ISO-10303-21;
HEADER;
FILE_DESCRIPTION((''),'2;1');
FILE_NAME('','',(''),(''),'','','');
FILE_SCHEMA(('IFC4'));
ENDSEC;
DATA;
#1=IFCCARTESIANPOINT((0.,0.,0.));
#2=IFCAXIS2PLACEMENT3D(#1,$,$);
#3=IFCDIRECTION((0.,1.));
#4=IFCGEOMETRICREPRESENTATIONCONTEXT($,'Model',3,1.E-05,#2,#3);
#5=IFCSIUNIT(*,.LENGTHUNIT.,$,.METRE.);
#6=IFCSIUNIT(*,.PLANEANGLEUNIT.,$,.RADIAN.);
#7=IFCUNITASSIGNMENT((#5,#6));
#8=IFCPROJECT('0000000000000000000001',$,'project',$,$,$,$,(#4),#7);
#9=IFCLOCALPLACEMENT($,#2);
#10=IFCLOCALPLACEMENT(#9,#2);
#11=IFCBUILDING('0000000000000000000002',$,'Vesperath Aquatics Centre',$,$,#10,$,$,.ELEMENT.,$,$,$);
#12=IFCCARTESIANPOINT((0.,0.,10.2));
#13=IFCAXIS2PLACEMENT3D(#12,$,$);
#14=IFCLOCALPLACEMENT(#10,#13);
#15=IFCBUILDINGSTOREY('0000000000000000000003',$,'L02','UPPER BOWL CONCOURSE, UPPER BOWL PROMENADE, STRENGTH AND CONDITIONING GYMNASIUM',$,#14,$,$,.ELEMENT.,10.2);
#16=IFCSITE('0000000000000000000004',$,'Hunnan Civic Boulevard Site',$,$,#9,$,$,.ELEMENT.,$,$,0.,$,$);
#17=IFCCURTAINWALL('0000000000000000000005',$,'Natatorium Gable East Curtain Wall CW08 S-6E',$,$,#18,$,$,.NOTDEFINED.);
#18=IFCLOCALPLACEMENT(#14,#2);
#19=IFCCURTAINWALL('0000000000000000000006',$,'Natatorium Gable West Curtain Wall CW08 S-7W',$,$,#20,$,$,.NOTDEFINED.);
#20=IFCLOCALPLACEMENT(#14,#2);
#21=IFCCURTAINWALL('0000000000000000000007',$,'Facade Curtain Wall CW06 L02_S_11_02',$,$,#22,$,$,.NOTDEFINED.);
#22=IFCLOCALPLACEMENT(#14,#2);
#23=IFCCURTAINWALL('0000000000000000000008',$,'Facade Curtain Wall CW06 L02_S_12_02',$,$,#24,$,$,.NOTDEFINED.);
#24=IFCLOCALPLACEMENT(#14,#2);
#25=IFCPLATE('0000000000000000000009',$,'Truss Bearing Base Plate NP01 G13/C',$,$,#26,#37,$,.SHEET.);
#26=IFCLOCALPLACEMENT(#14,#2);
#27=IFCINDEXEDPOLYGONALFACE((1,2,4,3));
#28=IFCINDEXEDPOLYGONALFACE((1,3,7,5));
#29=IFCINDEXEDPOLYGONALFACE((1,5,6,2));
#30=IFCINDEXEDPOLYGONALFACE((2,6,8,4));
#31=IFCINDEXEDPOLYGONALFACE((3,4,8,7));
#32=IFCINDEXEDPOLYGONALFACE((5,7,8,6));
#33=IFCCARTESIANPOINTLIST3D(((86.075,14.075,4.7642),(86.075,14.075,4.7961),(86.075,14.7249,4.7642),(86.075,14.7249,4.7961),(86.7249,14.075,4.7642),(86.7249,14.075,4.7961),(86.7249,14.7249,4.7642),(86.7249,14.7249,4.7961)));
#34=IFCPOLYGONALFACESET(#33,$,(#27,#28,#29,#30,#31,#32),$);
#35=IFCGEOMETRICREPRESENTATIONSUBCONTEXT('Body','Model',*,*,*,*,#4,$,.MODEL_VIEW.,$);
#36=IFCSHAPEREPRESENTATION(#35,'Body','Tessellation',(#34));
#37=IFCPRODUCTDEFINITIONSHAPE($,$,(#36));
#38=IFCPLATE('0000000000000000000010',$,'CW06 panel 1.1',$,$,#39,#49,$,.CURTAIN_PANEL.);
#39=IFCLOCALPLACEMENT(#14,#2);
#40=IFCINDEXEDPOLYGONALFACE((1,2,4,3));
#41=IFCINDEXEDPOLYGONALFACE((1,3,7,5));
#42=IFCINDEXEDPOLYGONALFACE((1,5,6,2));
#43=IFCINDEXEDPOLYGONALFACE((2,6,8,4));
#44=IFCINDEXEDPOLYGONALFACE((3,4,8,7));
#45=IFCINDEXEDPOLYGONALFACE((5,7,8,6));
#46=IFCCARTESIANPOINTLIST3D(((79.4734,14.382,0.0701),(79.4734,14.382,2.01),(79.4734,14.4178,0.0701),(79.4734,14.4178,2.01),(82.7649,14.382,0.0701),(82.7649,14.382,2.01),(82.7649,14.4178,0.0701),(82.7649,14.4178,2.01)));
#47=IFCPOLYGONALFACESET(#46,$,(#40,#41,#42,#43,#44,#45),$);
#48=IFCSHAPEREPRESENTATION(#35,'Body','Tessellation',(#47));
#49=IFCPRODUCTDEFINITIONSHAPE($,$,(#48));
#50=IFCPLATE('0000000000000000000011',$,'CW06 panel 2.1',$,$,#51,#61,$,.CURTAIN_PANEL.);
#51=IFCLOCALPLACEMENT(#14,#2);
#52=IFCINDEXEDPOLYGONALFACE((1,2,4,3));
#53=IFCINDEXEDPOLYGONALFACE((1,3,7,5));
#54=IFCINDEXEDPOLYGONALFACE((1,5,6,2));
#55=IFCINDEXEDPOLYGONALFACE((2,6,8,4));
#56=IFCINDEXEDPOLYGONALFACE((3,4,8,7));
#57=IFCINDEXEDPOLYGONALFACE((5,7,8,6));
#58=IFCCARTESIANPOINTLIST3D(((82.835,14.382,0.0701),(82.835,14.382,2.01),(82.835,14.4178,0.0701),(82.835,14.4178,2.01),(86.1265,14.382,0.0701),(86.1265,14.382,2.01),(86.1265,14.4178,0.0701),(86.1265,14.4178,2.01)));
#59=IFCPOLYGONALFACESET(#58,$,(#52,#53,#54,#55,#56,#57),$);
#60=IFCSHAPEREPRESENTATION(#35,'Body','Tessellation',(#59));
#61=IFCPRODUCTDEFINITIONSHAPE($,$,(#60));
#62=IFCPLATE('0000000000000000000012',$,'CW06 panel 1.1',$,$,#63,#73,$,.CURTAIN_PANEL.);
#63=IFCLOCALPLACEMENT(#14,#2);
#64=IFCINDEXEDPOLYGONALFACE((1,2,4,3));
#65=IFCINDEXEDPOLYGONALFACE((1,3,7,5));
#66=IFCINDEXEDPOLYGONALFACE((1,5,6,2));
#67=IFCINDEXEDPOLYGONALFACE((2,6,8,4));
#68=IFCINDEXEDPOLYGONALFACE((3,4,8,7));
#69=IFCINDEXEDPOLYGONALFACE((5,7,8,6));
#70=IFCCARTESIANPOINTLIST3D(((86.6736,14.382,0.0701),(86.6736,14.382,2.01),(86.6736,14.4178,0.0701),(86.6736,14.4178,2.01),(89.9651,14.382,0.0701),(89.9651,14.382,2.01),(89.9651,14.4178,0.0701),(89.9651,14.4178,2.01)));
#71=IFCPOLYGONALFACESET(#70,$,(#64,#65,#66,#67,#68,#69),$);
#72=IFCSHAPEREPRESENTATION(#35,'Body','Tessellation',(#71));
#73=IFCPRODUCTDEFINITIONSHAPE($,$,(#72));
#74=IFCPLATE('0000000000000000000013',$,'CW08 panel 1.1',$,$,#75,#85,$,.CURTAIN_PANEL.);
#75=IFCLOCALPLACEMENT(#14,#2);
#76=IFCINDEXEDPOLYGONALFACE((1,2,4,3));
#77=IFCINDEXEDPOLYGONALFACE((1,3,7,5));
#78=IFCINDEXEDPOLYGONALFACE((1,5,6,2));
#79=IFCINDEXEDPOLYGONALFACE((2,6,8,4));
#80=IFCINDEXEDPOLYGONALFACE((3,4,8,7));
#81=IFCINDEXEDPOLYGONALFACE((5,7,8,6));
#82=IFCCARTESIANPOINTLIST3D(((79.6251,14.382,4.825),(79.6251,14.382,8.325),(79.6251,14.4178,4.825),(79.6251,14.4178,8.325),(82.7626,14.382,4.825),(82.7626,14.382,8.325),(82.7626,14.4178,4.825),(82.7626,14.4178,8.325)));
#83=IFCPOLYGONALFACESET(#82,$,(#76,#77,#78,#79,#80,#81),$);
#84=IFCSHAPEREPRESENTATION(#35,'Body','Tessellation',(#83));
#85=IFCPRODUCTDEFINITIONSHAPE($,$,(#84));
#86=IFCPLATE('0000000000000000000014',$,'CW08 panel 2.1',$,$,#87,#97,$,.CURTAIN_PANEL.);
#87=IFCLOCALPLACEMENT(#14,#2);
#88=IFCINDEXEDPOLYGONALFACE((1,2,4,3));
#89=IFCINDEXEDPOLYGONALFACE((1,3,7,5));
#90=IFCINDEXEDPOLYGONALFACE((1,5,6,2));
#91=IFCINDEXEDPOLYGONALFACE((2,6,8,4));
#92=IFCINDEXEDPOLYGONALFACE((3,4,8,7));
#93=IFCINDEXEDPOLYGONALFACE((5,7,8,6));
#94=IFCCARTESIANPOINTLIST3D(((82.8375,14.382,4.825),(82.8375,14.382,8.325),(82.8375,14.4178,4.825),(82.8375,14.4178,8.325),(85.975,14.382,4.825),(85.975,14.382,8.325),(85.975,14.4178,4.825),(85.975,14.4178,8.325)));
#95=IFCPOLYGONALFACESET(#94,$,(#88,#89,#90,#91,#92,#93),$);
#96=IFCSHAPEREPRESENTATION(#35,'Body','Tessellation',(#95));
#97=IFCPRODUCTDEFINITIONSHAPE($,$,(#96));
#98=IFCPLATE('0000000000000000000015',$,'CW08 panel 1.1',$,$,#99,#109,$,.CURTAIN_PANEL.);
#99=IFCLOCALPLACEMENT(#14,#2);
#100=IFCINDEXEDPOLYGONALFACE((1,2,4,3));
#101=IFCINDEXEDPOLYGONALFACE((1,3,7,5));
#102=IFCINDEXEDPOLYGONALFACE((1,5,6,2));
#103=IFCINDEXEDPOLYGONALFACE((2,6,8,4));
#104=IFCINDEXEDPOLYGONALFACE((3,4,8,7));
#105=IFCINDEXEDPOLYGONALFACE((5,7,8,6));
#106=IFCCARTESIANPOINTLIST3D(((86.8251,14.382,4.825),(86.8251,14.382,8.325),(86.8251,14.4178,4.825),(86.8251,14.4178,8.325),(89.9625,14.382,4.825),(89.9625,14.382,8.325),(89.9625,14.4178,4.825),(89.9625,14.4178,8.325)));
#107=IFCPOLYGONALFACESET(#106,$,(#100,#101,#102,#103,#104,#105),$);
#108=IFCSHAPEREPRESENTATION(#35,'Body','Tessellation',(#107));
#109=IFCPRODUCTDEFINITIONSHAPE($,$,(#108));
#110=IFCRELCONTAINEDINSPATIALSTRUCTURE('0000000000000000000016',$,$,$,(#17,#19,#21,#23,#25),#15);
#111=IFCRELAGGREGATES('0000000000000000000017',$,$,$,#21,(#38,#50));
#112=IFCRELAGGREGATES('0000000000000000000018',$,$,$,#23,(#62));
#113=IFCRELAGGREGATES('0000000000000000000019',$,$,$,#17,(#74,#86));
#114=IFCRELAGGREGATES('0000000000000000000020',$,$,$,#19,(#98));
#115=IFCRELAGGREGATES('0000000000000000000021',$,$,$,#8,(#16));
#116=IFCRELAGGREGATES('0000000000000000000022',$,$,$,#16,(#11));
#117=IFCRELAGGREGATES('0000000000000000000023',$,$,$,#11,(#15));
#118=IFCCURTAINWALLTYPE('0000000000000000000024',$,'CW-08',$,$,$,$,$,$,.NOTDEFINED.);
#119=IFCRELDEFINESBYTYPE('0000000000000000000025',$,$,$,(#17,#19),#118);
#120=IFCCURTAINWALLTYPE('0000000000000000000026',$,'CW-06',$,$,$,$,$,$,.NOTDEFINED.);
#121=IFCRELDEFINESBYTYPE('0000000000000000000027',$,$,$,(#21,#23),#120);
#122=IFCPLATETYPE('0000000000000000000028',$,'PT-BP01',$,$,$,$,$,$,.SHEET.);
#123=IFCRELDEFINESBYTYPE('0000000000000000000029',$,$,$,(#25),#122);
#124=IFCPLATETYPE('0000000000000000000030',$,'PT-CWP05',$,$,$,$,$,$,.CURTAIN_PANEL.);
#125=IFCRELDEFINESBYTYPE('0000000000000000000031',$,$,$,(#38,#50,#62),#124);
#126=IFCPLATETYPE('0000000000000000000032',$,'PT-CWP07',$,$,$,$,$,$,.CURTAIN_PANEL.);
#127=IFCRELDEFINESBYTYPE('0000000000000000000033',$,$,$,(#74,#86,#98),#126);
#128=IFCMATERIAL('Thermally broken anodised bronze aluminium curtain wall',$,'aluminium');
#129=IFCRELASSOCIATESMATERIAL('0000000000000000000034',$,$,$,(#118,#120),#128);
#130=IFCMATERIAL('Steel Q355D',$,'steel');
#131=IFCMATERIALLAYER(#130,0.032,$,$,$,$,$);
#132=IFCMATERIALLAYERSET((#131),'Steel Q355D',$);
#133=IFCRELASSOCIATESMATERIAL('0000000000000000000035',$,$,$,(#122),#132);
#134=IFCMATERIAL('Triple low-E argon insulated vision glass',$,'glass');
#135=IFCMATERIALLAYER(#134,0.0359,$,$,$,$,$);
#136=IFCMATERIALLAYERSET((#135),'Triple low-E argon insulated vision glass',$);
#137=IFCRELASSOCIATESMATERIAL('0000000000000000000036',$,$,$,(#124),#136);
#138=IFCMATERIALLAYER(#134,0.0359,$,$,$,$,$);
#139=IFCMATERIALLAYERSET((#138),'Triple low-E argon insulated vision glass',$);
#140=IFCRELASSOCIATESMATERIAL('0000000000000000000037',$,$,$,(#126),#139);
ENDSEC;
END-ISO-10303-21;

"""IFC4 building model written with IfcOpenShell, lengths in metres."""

from ifc_helpers import new_model, si_unit, direction, frame, origin, origin_2d, place, context, subcontext, project, spatial, rectangle, extrude, material, layer, layer_set, type_object, element, aggregate, save


model = new_model("IFC4")

# Units and contexts
model_context = context("Model", 3, precision=1e-05, world=origin(), true_north=direction((0.0, 1.0)))
body_context = subcontext(model_context, "Body", "Model", "MODEL_VIEW")
ifc_project = project(units=[si_unit("LENGTHUNIT", "METRE"), si_unit("PLANEANGLEUNIT", "RADIAN")], contexts=[model_context])

# Site, building, storey
site_placement = place(None, origin())
site = spatial("IfcSite", under=ifc_project, at=site_placement, Name="Hunnan Civic Boulevard Site", CompositionType="ELEMENT", RefElevation=0.0)
building_placement = place(site_placement, origin())
building = spatial("IfcBuilding", under=site, at=building_placement, Name="Vesperath Aquatics Centre", CompositionType="ELEMENT")
storey_placement = place(building_placement, frame((0.0, 0.0, 10.2)))
storey = spatial("IfcBuildingStorey", under=building, at=storey_placement, Name="L02", Description="UPPER BOWL CONCOURSE, UPPER BOWL PROMENADE, STRENGTH AND CONDITIONING GYMNASIUM", CompositionType="ELEMENT", Elevation=10.2)

# Shared definitions
ifc_material_1 = material(Name="Steel Q355D", Category="steel")

# Curtain walls
ifc_material_2 = material(Name="Thermally broken anodised bronze aluminium curtain wall", Category="aluminium")
curtain_wall_type_1 = type_object("IfcCurtainWallType", Name="CW-08", PredefinedType="NOTDEFINED", material=ifc_material_2)
curtain_wall_1_placement = place(storey_placement, origin())
curtain_wall_1 = element("IfcCurtainWall", 1, at=curtain_wall_1_placement, inside=storey, type_object=curtain_wall_type_1, Name="Natatorium Gable East Curtain Wall CW08 S-6E", PredefinedType="NOTDEFINED")
curtain_wall_2_placement = place(storey_placement, origin())
curtain_wall_2 = element("IfcCurtainWall", 2, at=curtain_wall_2_placement, inside=storey, type_object=curtain_wall_type_1, Name="Natatorium Gable West Curtain Wall CW08 S-7W", PredefinedType="NOTDEFINED")
curtain_wall_type_2 = type_object("IfcCurtainWallType", Name="CW-06", PredefinedType="NOTDEFINED", material=ifc_material_2)
curtain_wall_3_placement = place(storey_placement, origin())
curtain_wall_3 = element("IfcCurtainWall", 3, at=curtain_wall_3_placement, inside=storey, type_object=curtain_wall_type_2, Name="Facade Curtain Wall CW06 L02_S_11_02", PredefinedType="NOTDEFINED")
curtain_wall_4_placement = place(storey_placement, origin())
curtain_wall_4 = element("IfcCurtainWall", 4, at=curtain_wall_4_placement, inside=storey, type_object=curtain_wall_type_2, Name="Facade Curtain Wall CW06 L02_S_12_02", PredefinedType="NOTDEFINED")

# Plates
ifc_layer_1 = layer(ifc_material_1, 0.032)
ifc_layer_set_1 = layer_set([ifc_layer_1], Name="Steel Q355D")
plate_type_1 = type_object("IfcPlateType", Name="PT-BP01", PredefinedType="SHEET", material=ifc_layer_set_1)
plate_1_placement = place(storey_placement, frame((86.3999, 14.3999, 4.7642), z_axis=(0.0, 0.0, 1.0), x_axis=(1.0, 0.0, 0.0)))
element("IfcPlate", 5, at=plate_1_placement, inside=storey, type_object=plate_type_1, Name="Truss Bearing Base Plate NP01 G13/C", PredefinedType="SHEET", context=body_context, shape_type="SweptSolid", body=[
    extrude(rectangle(XDim=0.6499, YDim=0.6499, at=origin_2d()), origin(), (0.0, 0.0, 1.0), 0.032),
])
ifc_material_3 = material(Name="Triple low-E argon insulated vision glass", Category="glass")
ifc_layer_2 = layer(ifc_material_3, 0.0359)
ifc_layer_set_2 = layer_set([ifc_layer_2], Name="Triple low-E argon insulated vision glass")
plate_type_2 = type_object("IfcPlateType", Name="PT-CWP05", PredefinedType="CURTAIN_PANEL", material=ifc_layer_set_2)
plate_2_placement = place(storey_placement, frame((81.1191, 14.3999, 0.0701), z_axis=(0.0, 0.0, 1.0), x_axis=(1.0, 0.0, 0.0)))
plate_2 = element("IfcPlate", 6, at=plate_2_placement, type_object=plate_type_2, Name="CW06 panel 1.1", PredefinedType="CURTAIN_PANEL", context=body_context, shape_type="SweptSolid", body=[
    extrude(rectangle(XDim=3.2915, YDim=0.0359, at=origin_2d()), origin(), (0.0, 0.0, 1.0), 1.9399),
])
plate_3_placement = place(storey_placement, frame((84.4807, 14.3999, 0.0701), z_axis=(0.0, 0.0, 1.0), x_axis=(1.0, 0.0, 0.0)))
plate_3 = element("IfcPlate", 7, at=plate_3_placement, type_object=plate_type_2, Name="CW06 panel 2.1", PredefinedType="CURTAIN_PANEL", context=body_context, shape_type="SweptSolid", body=[
    extrude(rectangle(XDim=3.2915, YDim=0.0359, at=origin_2d()), origin(), (0.0, 0.0, 1.0), 1.9399),
])
aggregate(curtain_wall_3, [plate_2, plate_3])
plate_4_placement = place(storey_placement, frame((88.3193, 14.3999, 0.0701), z_axis=(0.0, 0.0, 1.0), x_axis=(1.0, 0.0, 0.0)))
plate_4 = element("IfcPlate", 8, at=plate_4_placement, type_object=plate_type_2, Name="CW06 panel 1.1", PredefinedType="CURTAIN_PANEL", context=body_context, shape_type="SweptSolid", body=[
    extrude(rectangle(XDim=3.2915, YDim=0.0359, at=origin_2d()), origin(), (0.0, 0.0, 1.0), 1.9399),
])
aggregate(curtain_wall_4, [plate_4])
ifc_layer_3 = layer(ifc_material_3, 0.0359)
ifc_layer_set_3 = layer_set([ifc_layer_3], Name="Triple low-E argon insulated vision glass")
plate_type_3 = type_object("IfcPlateType", Name="PT-CWP07", PredefinedType="CURTAIN_PANEL", material=ifc_layer_set_3)
plate_5_placement = place(storey_placement, frame((81.1938, 14.3999, 4.825), z_axis=(0.0, 0.0, 1.0), x_axis=(1.0, 0.0, 0.0)))
plate_5 = element("IfcPlate", 9, at=plate_5_placement, type_object=plate_type_3, Name="CW08 panel 1.1", PredefinedType="CURTAIN_PANEL", context=body_context, shape_type="SweptSolid", body=[
    extrude(rectangle(XDim=3.1375, YDim=0.0359, at=origin_2d()), origin(), (0.0, 0.0, 1.0), 3.5),
])
plate_6_placement = place(storey_placement, frame((84.4062, 14.3999, 4.825), z_axis=(0.0, 0.0, 1.0), x_axis=(1.0, 0.0, 0.0)))
plate_6 = element("IfcPlate", 10, at=plate_6_placement, type_object=plate_type_3, Name="CW08 panel 2.1", PredefinedType="CURTAIN_PANEL", context=body_context, shape_type="SweptSolid", body=[
    extrude(rectangle(XDim=3.1375, YDim=0.0359, at=origin_2d()), origin(), (0.0, 0.0, 1.0), 3.5),
])
aggregate(curtain_wall_1, [plate_5, plate_6])
plate_7_placement = place(storey_placement, frame((88.3938, 14.3999, 4.825), z_axis=(0.0, 0.0, 1.0), x_axis=(1.0, 0.0, 0.0)))
plate_7 = element("IfcPlate", 11, at=plate_7_placement, type_object=plate_type_3, Name="CW08 panel 1.1", PredefinedType="CURTAIN_PANEL", context=body_context, shape_type="SweptSolid", body=[
    extrude(rectangle(XDim=3.1375, YDim=0.0359, at=origin_2d()), origin(), (0.0, 0.0, 1.0), 3.5),
])
aggregate(curtain_wall_2, [plate_7])

save(model, "model.ifc")
